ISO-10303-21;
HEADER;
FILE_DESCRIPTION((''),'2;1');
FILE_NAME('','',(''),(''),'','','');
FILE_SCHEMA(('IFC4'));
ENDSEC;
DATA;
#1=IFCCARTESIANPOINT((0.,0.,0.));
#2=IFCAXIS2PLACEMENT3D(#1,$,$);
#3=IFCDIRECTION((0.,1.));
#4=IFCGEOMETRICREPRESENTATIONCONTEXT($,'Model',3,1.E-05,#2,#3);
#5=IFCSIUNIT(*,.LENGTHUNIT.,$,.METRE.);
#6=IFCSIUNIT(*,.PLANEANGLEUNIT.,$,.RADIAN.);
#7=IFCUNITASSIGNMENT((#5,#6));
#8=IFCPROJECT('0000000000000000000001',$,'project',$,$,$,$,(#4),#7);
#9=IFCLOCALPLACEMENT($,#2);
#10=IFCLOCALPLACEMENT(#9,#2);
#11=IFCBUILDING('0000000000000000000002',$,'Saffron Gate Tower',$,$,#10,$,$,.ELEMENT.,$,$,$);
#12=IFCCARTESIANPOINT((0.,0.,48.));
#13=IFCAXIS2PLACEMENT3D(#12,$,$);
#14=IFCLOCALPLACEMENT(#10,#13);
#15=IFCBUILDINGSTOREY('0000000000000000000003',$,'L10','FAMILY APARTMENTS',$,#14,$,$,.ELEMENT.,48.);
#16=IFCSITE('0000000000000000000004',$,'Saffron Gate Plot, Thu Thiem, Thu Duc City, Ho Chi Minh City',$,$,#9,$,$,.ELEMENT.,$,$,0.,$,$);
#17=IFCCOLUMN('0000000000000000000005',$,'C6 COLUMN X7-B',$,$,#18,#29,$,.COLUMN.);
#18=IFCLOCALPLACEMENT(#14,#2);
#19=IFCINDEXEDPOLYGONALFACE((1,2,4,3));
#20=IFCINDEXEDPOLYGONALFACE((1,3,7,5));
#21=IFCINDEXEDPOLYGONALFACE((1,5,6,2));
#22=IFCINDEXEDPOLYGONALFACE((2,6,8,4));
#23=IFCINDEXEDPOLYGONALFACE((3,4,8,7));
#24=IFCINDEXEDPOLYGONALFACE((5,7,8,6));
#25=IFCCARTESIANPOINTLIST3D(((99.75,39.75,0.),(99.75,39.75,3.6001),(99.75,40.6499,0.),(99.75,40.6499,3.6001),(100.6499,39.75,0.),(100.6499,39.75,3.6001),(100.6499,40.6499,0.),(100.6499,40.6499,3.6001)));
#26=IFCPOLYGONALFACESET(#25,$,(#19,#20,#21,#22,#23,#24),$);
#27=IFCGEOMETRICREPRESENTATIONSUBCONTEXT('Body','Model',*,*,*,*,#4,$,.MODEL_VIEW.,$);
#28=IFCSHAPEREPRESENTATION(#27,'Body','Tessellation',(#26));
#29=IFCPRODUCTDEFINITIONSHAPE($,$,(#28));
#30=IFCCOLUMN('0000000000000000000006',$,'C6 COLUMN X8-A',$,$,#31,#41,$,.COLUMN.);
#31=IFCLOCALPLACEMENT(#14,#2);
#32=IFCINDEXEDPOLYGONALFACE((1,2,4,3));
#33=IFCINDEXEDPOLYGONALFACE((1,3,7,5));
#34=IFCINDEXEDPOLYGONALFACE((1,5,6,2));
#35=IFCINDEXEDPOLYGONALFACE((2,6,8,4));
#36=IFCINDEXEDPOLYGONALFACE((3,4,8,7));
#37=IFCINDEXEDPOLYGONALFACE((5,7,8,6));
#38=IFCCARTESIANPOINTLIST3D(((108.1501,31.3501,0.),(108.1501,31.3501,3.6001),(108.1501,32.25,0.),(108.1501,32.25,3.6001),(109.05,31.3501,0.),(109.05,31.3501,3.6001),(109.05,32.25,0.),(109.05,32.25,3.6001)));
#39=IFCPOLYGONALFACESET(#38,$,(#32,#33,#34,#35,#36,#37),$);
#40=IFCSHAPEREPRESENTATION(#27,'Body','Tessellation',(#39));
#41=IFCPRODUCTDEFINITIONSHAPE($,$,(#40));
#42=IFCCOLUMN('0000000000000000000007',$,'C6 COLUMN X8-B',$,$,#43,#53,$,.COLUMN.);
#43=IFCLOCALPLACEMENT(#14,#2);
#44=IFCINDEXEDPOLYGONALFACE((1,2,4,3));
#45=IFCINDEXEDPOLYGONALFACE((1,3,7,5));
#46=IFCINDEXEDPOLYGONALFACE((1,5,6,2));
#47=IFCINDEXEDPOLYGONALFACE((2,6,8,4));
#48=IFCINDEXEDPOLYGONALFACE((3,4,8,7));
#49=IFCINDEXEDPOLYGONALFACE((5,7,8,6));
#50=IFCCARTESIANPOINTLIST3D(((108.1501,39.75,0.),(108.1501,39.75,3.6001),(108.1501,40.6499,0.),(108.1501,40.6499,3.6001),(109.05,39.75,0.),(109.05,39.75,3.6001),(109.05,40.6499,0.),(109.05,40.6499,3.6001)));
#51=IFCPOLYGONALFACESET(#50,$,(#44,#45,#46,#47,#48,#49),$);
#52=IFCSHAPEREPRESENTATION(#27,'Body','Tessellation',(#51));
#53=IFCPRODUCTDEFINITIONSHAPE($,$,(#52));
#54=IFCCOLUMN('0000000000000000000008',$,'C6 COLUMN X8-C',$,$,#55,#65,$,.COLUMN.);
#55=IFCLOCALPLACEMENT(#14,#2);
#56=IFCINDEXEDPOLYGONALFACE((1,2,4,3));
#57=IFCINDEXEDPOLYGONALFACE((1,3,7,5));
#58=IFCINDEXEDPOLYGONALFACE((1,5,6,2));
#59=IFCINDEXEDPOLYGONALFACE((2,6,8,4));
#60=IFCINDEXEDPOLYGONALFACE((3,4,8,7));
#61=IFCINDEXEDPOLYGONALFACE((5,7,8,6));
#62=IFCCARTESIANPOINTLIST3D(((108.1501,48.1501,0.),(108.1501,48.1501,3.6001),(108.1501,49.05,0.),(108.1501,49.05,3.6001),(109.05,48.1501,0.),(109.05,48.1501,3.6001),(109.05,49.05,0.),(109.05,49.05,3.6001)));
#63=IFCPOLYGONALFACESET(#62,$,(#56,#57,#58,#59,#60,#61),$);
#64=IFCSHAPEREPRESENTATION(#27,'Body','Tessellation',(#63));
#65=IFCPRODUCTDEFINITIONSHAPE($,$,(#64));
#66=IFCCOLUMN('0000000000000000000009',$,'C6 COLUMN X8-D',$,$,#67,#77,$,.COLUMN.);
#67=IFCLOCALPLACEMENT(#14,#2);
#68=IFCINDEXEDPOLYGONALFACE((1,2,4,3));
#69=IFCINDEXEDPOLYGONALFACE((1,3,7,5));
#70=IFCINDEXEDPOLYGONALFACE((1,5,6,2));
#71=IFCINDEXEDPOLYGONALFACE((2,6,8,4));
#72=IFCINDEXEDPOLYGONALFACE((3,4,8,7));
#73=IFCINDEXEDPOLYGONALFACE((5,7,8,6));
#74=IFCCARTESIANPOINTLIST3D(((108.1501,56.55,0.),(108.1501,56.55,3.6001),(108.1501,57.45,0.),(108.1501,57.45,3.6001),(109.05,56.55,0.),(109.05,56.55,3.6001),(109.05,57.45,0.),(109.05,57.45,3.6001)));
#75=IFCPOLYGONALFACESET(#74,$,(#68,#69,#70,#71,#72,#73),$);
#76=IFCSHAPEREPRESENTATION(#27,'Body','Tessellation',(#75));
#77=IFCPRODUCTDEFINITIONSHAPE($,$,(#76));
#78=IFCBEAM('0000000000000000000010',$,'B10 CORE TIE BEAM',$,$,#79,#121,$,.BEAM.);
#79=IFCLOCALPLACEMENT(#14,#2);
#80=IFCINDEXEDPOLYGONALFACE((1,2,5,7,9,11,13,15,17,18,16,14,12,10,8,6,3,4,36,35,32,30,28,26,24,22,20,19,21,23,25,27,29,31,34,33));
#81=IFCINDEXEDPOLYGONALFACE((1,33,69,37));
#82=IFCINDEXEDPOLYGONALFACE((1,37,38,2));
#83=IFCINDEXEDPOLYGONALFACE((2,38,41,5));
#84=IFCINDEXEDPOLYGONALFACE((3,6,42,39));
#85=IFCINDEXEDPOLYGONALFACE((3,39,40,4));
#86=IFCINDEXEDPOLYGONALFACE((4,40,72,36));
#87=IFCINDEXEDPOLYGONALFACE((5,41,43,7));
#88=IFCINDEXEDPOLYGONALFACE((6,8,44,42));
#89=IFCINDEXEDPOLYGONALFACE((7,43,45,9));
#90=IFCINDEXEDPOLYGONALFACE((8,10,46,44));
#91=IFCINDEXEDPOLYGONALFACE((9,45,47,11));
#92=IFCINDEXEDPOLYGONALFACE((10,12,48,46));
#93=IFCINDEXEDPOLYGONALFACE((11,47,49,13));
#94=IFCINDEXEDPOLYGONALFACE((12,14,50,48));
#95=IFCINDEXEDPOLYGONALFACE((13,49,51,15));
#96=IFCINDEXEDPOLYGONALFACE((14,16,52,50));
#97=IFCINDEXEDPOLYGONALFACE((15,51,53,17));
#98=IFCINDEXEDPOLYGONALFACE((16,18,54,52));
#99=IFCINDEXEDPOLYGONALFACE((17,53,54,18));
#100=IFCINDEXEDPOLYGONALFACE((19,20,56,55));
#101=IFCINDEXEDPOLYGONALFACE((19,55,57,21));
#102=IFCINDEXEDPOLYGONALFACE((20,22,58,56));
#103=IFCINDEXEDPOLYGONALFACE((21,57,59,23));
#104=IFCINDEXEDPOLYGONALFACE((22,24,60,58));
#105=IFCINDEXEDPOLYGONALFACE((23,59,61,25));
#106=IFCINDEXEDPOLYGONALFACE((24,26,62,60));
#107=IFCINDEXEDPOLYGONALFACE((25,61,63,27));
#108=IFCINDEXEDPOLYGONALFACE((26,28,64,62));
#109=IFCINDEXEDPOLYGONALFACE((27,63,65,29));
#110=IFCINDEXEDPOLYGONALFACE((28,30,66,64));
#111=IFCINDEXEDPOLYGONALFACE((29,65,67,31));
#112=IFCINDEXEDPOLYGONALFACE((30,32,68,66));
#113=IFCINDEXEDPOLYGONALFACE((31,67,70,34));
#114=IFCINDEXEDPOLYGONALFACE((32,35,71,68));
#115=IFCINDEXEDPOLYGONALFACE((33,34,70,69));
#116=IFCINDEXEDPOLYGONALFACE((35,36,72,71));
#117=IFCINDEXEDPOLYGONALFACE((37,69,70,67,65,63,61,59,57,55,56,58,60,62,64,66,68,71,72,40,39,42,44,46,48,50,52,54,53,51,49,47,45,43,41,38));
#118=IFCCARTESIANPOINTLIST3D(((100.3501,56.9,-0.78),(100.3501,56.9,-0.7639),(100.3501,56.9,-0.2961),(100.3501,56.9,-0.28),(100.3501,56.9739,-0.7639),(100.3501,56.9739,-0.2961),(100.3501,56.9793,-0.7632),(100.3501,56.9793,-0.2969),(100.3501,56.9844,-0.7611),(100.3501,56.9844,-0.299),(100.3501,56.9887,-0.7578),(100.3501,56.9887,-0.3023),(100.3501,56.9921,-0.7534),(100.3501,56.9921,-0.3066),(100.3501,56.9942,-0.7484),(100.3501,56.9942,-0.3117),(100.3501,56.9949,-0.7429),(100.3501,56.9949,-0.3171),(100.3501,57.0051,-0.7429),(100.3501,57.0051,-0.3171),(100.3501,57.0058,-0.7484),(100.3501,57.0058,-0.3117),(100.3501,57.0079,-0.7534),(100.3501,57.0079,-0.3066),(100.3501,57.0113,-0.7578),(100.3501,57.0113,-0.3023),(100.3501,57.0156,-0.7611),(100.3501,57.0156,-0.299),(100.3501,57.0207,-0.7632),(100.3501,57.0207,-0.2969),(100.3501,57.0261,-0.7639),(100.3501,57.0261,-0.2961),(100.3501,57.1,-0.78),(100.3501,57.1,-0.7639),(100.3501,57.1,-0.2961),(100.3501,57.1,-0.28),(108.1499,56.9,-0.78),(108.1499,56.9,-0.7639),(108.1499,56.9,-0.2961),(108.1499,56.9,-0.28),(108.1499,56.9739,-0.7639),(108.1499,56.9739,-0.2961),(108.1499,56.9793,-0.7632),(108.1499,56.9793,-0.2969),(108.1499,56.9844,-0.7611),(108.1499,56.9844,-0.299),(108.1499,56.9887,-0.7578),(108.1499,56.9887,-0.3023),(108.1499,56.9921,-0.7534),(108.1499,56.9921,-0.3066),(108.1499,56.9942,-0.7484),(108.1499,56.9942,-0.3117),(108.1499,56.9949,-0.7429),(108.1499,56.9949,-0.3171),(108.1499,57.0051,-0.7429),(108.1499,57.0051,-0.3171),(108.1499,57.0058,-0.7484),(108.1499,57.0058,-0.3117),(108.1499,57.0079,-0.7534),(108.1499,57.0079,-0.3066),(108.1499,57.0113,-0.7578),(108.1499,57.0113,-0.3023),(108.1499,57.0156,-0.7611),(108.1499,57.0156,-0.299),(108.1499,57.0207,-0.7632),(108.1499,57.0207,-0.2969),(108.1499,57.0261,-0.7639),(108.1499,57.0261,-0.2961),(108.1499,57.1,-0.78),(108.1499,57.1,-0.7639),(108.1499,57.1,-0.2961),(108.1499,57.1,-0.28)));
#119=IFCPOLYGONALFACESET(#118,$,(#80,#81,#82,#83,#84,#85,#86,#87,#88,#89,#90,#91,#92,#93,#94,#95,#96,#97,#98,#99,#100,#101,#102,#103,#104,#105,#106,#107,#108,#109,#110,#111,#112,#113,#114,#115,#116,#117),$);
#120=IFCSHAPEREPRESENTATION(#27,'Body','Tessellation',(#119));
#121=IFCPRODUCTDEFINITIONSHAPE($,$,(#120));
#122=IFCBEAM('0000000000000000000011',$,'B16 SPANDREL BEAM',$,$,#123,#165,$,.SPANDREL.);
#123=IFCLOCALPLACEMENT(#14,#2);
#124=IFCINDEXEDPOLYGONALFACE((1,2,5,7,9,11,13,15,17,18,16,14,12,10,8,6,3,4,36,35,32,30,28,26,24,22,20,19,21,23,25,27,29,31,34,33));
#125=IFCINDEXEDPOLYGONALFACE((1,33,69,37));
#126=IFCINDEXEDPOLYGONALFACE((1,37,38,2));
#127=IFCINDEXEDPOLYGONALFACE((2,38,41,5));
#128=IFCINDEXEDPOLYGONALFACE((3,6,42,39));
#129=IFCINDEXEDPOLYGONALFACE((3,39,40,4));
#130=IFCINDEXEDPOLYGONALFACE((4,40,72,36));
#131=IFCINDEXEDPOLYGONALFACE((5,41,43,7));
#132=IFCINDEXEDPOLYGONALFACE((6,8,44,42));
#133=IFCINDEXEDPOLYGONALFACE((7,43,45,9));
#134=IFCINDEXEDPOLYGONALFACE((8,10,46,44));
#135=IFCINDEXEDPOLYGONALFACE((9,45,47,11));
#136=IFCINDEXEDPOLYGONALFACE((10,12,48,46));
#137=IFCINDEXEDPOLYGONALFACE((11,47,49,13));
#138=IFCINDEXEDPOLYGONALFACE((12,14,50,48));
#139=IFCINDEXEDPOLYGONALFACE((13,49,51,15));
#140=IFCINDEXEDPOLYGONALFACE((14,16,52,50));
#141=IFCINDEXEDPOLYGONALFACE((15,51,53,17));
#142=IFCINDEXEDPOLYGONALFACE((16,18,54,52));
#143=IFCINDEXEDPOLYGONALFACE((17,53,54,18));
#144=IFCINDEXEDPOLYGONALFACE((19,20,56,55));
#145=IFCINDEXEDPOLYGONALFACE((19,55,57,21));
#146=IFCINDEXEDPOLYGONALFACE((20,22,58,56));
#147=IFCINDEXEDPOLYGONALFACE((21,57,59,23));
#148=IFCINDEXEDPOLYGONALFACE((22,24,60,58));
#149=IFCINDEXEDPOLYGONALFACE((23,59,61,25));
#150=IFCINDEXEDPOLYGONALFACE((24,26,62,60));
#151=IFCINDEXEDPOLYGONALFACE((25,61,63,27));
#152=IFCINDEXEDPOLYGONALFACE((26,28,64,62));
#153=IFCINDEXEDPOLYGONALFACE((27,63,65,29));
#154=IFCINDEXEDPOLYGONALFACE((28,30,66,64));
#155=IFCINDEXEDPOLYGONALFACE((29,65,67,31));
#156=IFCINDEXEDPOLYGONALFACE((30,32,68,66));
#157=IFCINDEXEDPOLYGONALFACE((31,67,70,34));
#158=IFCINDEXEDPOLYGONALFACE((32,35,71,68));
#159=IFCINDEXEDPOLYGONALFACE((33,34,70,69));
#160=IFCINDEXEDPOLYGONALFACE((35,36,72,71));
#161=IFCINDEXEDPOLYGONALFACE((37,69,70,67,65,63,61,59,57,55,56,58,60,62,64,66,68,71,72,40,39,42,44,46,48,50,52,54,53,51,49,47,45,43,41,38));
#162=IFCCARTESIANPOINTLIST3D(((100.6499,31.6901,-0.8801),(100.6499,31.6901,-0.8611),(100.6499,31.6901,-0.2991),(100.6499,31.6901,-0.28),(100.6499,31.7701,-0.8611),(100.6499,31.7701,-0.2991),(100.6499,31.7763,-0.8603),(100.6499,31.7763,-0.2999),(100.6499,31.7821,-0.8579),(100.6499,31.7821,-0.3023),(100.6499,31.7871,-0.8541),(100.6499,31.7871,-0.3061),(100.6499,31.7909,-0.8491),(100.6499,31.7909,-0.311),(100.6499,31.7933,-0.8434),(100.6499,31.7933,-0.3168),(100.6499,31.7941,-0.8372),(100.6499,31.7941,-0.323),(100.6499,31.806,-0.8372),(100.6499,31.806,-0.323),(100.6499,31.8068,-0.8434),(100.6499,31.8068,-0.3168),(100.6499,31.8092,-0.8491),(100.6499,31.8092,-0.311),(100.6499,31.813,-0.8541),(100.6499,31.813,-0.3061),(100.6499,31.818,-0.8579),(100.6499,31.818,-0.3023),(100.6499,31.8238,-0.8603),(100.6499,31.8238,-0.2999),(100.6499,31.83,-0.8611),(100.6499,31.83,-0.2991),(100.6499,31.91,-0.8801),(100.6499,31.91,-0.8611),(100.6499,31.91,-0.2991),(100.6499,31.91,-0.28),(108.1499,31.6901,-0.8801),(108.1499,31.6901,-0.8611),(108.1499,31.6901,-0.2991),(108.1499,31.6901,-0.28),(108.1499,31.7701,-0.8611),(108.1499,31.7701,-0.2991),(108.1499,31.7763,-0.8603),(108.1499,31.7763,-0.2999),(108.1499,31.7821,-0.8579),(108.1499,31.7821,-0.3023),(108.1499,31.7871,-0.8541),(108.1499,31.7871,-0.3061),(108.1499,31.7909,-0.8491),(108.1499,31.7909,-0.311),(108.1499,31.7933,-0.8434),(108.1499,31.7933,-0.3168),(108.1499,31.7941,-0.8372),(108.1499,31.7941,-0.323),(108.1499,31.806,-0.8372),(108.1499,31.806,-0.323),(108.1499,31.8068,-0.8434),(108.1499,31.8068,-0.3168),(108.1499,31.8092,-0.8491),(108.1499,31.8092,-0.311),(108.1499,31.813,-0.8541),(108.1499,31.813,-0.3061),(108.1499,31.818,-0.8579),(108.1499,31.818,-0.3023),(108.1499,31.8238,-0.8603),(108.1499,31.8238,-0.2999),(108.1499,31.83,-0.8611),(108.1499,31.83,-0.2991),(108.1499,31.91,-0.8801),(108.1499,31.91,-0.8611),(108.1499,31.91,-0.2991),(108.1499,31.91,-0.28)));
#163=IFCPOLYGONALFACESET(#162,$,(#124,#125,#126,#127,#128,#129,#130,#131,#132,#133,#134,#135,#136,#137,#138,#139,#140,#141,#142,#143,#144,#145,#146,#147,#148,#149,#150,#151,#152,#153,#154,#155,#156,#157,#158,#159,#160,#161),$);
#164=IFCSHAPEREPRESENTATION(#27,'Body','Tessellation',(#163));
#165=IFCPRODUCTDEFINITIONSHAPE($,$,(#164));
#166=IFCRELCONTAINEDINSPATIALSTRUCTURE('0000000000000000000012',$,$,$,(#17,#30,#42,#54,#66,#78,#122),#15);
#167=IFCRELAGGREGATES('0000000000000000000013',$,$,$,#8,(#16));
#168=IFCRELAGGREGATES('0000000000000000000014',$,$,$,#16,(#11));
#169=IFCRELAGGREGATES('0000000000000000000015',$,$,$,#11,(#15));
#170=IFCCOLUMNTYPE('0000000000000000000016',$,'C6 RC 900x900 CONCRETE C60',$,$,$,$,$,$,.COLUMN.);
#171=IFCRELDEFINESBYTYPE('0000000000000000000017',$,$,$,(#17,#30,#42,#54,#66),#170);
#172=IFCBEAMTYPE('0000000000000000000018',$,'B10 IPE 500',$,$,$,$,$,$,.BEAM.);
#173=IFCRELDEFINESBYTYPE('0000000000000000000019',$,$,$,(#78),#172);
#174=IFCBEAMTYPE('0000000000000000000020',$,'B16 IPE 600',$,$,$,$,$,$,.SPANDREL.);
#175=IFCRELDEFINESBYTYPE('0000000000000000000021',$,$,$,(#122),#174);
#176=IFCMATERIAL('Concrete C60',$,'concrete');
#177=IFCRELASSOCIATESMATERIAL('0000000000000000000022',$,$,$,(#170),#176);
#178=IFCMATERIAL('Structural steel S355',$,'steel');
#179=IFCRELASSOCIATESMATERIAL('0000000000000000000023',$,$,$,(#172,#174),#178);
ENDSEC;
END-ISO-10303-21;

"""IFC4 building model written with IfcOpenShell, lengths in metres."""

from ifc_helpers import new_model, si_unit, direction, frame, origin, origin_2d, place, context, subcontext, project, spatial, rectangle, i_section, extrude, material, material_profile, profile_set, type_object, element, save


model = new_model("IFC4")

# Units and contexts
model_context = context("Model", 3, precision=1e-05, world=origin(), true_north=direction((0.0, 1.0)))
body_context = subcontext(model_context, "Body", "Model", "MODEL_VIEW")
ifc_project = project(units=[si_unit("LENGTHUNIT", "METRE"), si_unit("PLANEANGLEUNIT", "RADIAN")], contexts=[model_context])

# Site, building, storey
site_placement = place(None, origin())
site = spatial("IfcSite", under=ifc_project, at=site_placement, Name="Saffron Gate Plot, Thu Thiem, Thu Duc City, Ho Chi Minh City", CompositionType="ELEMENT", RefElevation=0.0)
building_placement = place(site_placement, origin())
building = spatial("IfcBuilding", under=site, at=building_placement, Name="Saffron Gate Tower", CompositionType="ELEMENT")
storey_placement = place(building_placement, frame((0.0, 0.0, 48.0)))
storey = spatial("IfcBuildingStorey", under=building, at=storey_placement, Name="L10", Description="FAMILY APARTMENTS", CompositionType="ELEMENT", Elevation=48.0)

# Columns
ifc_material_1 = material(Name="Concrete C60", Category="concrete")
ifc_material_profile_1 = material_profile(ifc_material_1, rectangle(XDim=0.8999, YDim=0.8999, at=origin_2d()))
ifc_profile_set_1 = profile_set([ifc_material_profile_1], Name="Concrete C60")
column_type = type_object("IfcColumnType", Name="C6 RC 900x900 CONCRETE C60", PredefinedType="COLUMN", material=ifc_profile_set_1)
for number, where, z_axis, x_axis, name in (
    (1, (100.2, 40.2, 0.0), (0.0, 0.0, 1.0), (1.0, 0.0, 0.0), "C6 COLUMN X7-B"),
    (2, (108.6001, 31.8, 0.0), (0.0, 0.0, 1.0), (1.0, 0.0, 0.0), "C6 COLUMN X8-A"),
    (3, (108.6001, 40.2, 0.0), (0.0, 0.0, 1.0), (1.0, 0.0, 0.0), "C6 COLUMN X8-B"),
    (4, (108.6001, 48.6001, 0.0), (0.0, 0.0, 1.0), (1.0, 0.0, 0.0), "C6 COLUMN X8-C"),
    (5, (108.6001, 57.0, 0.0), (0.0, 0.0, 1.0), (1.0, 0.0, 0.0), "C6 COLUMN X8-D"),
):
    element("IfcColumn", number, at=place(storey_placement, frame(where, z_axis=z_axis, x_axis=x_axis)), inside=storey, type_object=column_type, Name=name, PredefinedType="COLUMN", context=body_context, shape_type="SweptSolid", body=[
        extrude(rectangle(XDim=0.8999, YDim=0.8999, at=origin_2d()), origin(), (0.0, 0.0, 1.0), 3.6001),
    ])

# Beams
ifc_material_2 = material(Name="Structural steel S355", Category="steel")
ifc_material_profile_2 = material_profile(ifc_material_2, i_section(OverallWidth=0.2, OverallDepth=0.5, WebThickness=0.0103, FlangeThickness=0.0161, FilletRadius=0.021, at=origin_2d()))
ifc_profile_set_2 = profile_set([ifc_material_profile_2], Name="Structural steel S355")
beam_type_1 = type_object("IfcBeamType", Name="B10 IPE 500", PredefinedType="BEAM", material=ifc_profile_set_2)
beam_1_placement = place(storey_placement, frame((108.1499, 57.0, -0.53), z_axis=(-1.0, 0.0, 0.0), x_axis=(0.0, -1.0, 0.0)))
element("IfcBeam", 6, at=beam_1_placement, inside=storey, type_object=beam_type_1, Name="B10 CORE TIE BEAM", PredefinedType="BEAM", context=body_context, shape_type="SweptSolid", body=[
    extrude(i_section(OverallWidth=0.2, OverallDepth=0.5, WebThickness=0.0103, FlangeThickness=0.0161, FilletRadius=0.021, at=origin_2d()), origin(), (0.0, 0.0, 1.0), 7.7998),
])
ifc_material_profile_3 = material_profile(ifc_material_2, i_section(OverallWidth=0.22, OverallDepth=0.6001, WebThickness=0.012, FlangeThickness=0.019, FilletRadius=0.0239, at=origin_2d()))
ifc_profile_set_3 = profile_set([ifc_material_profile_3], Name="Structural steel S355")
beam_type_2 = type_object("IfcBeamType", Name="B16 IPE 600", PredefinedType="SPANDREL", material=ifc_profile_set_3)
beam_2_placement = place(storey_placement, frame((100.6499, 31.8, -0.5801), z_axis=(1.0, 0.0, 0.0), x_axis=(0.0, 1.0, 0.0)))
element("IfcBeam", 7, at=beam_2_placement, inside=storey, type_object=beam_type_2, Name="B16 SPANDREL BEAM", PredefinedType="SPANDREL", context=body_context, shape_type="SweptSolid", body=[
    extrude(i_section(OverallWidth=0.22, OverallDepth=0.6001, WebThickness=0.012, FlangeThickness=0.019, FilletRadius=0.0239, at=origin_2d()), origin(), (0.0, 0.0, 1.0), 7.5),
])

save(model, "model.ifc")
